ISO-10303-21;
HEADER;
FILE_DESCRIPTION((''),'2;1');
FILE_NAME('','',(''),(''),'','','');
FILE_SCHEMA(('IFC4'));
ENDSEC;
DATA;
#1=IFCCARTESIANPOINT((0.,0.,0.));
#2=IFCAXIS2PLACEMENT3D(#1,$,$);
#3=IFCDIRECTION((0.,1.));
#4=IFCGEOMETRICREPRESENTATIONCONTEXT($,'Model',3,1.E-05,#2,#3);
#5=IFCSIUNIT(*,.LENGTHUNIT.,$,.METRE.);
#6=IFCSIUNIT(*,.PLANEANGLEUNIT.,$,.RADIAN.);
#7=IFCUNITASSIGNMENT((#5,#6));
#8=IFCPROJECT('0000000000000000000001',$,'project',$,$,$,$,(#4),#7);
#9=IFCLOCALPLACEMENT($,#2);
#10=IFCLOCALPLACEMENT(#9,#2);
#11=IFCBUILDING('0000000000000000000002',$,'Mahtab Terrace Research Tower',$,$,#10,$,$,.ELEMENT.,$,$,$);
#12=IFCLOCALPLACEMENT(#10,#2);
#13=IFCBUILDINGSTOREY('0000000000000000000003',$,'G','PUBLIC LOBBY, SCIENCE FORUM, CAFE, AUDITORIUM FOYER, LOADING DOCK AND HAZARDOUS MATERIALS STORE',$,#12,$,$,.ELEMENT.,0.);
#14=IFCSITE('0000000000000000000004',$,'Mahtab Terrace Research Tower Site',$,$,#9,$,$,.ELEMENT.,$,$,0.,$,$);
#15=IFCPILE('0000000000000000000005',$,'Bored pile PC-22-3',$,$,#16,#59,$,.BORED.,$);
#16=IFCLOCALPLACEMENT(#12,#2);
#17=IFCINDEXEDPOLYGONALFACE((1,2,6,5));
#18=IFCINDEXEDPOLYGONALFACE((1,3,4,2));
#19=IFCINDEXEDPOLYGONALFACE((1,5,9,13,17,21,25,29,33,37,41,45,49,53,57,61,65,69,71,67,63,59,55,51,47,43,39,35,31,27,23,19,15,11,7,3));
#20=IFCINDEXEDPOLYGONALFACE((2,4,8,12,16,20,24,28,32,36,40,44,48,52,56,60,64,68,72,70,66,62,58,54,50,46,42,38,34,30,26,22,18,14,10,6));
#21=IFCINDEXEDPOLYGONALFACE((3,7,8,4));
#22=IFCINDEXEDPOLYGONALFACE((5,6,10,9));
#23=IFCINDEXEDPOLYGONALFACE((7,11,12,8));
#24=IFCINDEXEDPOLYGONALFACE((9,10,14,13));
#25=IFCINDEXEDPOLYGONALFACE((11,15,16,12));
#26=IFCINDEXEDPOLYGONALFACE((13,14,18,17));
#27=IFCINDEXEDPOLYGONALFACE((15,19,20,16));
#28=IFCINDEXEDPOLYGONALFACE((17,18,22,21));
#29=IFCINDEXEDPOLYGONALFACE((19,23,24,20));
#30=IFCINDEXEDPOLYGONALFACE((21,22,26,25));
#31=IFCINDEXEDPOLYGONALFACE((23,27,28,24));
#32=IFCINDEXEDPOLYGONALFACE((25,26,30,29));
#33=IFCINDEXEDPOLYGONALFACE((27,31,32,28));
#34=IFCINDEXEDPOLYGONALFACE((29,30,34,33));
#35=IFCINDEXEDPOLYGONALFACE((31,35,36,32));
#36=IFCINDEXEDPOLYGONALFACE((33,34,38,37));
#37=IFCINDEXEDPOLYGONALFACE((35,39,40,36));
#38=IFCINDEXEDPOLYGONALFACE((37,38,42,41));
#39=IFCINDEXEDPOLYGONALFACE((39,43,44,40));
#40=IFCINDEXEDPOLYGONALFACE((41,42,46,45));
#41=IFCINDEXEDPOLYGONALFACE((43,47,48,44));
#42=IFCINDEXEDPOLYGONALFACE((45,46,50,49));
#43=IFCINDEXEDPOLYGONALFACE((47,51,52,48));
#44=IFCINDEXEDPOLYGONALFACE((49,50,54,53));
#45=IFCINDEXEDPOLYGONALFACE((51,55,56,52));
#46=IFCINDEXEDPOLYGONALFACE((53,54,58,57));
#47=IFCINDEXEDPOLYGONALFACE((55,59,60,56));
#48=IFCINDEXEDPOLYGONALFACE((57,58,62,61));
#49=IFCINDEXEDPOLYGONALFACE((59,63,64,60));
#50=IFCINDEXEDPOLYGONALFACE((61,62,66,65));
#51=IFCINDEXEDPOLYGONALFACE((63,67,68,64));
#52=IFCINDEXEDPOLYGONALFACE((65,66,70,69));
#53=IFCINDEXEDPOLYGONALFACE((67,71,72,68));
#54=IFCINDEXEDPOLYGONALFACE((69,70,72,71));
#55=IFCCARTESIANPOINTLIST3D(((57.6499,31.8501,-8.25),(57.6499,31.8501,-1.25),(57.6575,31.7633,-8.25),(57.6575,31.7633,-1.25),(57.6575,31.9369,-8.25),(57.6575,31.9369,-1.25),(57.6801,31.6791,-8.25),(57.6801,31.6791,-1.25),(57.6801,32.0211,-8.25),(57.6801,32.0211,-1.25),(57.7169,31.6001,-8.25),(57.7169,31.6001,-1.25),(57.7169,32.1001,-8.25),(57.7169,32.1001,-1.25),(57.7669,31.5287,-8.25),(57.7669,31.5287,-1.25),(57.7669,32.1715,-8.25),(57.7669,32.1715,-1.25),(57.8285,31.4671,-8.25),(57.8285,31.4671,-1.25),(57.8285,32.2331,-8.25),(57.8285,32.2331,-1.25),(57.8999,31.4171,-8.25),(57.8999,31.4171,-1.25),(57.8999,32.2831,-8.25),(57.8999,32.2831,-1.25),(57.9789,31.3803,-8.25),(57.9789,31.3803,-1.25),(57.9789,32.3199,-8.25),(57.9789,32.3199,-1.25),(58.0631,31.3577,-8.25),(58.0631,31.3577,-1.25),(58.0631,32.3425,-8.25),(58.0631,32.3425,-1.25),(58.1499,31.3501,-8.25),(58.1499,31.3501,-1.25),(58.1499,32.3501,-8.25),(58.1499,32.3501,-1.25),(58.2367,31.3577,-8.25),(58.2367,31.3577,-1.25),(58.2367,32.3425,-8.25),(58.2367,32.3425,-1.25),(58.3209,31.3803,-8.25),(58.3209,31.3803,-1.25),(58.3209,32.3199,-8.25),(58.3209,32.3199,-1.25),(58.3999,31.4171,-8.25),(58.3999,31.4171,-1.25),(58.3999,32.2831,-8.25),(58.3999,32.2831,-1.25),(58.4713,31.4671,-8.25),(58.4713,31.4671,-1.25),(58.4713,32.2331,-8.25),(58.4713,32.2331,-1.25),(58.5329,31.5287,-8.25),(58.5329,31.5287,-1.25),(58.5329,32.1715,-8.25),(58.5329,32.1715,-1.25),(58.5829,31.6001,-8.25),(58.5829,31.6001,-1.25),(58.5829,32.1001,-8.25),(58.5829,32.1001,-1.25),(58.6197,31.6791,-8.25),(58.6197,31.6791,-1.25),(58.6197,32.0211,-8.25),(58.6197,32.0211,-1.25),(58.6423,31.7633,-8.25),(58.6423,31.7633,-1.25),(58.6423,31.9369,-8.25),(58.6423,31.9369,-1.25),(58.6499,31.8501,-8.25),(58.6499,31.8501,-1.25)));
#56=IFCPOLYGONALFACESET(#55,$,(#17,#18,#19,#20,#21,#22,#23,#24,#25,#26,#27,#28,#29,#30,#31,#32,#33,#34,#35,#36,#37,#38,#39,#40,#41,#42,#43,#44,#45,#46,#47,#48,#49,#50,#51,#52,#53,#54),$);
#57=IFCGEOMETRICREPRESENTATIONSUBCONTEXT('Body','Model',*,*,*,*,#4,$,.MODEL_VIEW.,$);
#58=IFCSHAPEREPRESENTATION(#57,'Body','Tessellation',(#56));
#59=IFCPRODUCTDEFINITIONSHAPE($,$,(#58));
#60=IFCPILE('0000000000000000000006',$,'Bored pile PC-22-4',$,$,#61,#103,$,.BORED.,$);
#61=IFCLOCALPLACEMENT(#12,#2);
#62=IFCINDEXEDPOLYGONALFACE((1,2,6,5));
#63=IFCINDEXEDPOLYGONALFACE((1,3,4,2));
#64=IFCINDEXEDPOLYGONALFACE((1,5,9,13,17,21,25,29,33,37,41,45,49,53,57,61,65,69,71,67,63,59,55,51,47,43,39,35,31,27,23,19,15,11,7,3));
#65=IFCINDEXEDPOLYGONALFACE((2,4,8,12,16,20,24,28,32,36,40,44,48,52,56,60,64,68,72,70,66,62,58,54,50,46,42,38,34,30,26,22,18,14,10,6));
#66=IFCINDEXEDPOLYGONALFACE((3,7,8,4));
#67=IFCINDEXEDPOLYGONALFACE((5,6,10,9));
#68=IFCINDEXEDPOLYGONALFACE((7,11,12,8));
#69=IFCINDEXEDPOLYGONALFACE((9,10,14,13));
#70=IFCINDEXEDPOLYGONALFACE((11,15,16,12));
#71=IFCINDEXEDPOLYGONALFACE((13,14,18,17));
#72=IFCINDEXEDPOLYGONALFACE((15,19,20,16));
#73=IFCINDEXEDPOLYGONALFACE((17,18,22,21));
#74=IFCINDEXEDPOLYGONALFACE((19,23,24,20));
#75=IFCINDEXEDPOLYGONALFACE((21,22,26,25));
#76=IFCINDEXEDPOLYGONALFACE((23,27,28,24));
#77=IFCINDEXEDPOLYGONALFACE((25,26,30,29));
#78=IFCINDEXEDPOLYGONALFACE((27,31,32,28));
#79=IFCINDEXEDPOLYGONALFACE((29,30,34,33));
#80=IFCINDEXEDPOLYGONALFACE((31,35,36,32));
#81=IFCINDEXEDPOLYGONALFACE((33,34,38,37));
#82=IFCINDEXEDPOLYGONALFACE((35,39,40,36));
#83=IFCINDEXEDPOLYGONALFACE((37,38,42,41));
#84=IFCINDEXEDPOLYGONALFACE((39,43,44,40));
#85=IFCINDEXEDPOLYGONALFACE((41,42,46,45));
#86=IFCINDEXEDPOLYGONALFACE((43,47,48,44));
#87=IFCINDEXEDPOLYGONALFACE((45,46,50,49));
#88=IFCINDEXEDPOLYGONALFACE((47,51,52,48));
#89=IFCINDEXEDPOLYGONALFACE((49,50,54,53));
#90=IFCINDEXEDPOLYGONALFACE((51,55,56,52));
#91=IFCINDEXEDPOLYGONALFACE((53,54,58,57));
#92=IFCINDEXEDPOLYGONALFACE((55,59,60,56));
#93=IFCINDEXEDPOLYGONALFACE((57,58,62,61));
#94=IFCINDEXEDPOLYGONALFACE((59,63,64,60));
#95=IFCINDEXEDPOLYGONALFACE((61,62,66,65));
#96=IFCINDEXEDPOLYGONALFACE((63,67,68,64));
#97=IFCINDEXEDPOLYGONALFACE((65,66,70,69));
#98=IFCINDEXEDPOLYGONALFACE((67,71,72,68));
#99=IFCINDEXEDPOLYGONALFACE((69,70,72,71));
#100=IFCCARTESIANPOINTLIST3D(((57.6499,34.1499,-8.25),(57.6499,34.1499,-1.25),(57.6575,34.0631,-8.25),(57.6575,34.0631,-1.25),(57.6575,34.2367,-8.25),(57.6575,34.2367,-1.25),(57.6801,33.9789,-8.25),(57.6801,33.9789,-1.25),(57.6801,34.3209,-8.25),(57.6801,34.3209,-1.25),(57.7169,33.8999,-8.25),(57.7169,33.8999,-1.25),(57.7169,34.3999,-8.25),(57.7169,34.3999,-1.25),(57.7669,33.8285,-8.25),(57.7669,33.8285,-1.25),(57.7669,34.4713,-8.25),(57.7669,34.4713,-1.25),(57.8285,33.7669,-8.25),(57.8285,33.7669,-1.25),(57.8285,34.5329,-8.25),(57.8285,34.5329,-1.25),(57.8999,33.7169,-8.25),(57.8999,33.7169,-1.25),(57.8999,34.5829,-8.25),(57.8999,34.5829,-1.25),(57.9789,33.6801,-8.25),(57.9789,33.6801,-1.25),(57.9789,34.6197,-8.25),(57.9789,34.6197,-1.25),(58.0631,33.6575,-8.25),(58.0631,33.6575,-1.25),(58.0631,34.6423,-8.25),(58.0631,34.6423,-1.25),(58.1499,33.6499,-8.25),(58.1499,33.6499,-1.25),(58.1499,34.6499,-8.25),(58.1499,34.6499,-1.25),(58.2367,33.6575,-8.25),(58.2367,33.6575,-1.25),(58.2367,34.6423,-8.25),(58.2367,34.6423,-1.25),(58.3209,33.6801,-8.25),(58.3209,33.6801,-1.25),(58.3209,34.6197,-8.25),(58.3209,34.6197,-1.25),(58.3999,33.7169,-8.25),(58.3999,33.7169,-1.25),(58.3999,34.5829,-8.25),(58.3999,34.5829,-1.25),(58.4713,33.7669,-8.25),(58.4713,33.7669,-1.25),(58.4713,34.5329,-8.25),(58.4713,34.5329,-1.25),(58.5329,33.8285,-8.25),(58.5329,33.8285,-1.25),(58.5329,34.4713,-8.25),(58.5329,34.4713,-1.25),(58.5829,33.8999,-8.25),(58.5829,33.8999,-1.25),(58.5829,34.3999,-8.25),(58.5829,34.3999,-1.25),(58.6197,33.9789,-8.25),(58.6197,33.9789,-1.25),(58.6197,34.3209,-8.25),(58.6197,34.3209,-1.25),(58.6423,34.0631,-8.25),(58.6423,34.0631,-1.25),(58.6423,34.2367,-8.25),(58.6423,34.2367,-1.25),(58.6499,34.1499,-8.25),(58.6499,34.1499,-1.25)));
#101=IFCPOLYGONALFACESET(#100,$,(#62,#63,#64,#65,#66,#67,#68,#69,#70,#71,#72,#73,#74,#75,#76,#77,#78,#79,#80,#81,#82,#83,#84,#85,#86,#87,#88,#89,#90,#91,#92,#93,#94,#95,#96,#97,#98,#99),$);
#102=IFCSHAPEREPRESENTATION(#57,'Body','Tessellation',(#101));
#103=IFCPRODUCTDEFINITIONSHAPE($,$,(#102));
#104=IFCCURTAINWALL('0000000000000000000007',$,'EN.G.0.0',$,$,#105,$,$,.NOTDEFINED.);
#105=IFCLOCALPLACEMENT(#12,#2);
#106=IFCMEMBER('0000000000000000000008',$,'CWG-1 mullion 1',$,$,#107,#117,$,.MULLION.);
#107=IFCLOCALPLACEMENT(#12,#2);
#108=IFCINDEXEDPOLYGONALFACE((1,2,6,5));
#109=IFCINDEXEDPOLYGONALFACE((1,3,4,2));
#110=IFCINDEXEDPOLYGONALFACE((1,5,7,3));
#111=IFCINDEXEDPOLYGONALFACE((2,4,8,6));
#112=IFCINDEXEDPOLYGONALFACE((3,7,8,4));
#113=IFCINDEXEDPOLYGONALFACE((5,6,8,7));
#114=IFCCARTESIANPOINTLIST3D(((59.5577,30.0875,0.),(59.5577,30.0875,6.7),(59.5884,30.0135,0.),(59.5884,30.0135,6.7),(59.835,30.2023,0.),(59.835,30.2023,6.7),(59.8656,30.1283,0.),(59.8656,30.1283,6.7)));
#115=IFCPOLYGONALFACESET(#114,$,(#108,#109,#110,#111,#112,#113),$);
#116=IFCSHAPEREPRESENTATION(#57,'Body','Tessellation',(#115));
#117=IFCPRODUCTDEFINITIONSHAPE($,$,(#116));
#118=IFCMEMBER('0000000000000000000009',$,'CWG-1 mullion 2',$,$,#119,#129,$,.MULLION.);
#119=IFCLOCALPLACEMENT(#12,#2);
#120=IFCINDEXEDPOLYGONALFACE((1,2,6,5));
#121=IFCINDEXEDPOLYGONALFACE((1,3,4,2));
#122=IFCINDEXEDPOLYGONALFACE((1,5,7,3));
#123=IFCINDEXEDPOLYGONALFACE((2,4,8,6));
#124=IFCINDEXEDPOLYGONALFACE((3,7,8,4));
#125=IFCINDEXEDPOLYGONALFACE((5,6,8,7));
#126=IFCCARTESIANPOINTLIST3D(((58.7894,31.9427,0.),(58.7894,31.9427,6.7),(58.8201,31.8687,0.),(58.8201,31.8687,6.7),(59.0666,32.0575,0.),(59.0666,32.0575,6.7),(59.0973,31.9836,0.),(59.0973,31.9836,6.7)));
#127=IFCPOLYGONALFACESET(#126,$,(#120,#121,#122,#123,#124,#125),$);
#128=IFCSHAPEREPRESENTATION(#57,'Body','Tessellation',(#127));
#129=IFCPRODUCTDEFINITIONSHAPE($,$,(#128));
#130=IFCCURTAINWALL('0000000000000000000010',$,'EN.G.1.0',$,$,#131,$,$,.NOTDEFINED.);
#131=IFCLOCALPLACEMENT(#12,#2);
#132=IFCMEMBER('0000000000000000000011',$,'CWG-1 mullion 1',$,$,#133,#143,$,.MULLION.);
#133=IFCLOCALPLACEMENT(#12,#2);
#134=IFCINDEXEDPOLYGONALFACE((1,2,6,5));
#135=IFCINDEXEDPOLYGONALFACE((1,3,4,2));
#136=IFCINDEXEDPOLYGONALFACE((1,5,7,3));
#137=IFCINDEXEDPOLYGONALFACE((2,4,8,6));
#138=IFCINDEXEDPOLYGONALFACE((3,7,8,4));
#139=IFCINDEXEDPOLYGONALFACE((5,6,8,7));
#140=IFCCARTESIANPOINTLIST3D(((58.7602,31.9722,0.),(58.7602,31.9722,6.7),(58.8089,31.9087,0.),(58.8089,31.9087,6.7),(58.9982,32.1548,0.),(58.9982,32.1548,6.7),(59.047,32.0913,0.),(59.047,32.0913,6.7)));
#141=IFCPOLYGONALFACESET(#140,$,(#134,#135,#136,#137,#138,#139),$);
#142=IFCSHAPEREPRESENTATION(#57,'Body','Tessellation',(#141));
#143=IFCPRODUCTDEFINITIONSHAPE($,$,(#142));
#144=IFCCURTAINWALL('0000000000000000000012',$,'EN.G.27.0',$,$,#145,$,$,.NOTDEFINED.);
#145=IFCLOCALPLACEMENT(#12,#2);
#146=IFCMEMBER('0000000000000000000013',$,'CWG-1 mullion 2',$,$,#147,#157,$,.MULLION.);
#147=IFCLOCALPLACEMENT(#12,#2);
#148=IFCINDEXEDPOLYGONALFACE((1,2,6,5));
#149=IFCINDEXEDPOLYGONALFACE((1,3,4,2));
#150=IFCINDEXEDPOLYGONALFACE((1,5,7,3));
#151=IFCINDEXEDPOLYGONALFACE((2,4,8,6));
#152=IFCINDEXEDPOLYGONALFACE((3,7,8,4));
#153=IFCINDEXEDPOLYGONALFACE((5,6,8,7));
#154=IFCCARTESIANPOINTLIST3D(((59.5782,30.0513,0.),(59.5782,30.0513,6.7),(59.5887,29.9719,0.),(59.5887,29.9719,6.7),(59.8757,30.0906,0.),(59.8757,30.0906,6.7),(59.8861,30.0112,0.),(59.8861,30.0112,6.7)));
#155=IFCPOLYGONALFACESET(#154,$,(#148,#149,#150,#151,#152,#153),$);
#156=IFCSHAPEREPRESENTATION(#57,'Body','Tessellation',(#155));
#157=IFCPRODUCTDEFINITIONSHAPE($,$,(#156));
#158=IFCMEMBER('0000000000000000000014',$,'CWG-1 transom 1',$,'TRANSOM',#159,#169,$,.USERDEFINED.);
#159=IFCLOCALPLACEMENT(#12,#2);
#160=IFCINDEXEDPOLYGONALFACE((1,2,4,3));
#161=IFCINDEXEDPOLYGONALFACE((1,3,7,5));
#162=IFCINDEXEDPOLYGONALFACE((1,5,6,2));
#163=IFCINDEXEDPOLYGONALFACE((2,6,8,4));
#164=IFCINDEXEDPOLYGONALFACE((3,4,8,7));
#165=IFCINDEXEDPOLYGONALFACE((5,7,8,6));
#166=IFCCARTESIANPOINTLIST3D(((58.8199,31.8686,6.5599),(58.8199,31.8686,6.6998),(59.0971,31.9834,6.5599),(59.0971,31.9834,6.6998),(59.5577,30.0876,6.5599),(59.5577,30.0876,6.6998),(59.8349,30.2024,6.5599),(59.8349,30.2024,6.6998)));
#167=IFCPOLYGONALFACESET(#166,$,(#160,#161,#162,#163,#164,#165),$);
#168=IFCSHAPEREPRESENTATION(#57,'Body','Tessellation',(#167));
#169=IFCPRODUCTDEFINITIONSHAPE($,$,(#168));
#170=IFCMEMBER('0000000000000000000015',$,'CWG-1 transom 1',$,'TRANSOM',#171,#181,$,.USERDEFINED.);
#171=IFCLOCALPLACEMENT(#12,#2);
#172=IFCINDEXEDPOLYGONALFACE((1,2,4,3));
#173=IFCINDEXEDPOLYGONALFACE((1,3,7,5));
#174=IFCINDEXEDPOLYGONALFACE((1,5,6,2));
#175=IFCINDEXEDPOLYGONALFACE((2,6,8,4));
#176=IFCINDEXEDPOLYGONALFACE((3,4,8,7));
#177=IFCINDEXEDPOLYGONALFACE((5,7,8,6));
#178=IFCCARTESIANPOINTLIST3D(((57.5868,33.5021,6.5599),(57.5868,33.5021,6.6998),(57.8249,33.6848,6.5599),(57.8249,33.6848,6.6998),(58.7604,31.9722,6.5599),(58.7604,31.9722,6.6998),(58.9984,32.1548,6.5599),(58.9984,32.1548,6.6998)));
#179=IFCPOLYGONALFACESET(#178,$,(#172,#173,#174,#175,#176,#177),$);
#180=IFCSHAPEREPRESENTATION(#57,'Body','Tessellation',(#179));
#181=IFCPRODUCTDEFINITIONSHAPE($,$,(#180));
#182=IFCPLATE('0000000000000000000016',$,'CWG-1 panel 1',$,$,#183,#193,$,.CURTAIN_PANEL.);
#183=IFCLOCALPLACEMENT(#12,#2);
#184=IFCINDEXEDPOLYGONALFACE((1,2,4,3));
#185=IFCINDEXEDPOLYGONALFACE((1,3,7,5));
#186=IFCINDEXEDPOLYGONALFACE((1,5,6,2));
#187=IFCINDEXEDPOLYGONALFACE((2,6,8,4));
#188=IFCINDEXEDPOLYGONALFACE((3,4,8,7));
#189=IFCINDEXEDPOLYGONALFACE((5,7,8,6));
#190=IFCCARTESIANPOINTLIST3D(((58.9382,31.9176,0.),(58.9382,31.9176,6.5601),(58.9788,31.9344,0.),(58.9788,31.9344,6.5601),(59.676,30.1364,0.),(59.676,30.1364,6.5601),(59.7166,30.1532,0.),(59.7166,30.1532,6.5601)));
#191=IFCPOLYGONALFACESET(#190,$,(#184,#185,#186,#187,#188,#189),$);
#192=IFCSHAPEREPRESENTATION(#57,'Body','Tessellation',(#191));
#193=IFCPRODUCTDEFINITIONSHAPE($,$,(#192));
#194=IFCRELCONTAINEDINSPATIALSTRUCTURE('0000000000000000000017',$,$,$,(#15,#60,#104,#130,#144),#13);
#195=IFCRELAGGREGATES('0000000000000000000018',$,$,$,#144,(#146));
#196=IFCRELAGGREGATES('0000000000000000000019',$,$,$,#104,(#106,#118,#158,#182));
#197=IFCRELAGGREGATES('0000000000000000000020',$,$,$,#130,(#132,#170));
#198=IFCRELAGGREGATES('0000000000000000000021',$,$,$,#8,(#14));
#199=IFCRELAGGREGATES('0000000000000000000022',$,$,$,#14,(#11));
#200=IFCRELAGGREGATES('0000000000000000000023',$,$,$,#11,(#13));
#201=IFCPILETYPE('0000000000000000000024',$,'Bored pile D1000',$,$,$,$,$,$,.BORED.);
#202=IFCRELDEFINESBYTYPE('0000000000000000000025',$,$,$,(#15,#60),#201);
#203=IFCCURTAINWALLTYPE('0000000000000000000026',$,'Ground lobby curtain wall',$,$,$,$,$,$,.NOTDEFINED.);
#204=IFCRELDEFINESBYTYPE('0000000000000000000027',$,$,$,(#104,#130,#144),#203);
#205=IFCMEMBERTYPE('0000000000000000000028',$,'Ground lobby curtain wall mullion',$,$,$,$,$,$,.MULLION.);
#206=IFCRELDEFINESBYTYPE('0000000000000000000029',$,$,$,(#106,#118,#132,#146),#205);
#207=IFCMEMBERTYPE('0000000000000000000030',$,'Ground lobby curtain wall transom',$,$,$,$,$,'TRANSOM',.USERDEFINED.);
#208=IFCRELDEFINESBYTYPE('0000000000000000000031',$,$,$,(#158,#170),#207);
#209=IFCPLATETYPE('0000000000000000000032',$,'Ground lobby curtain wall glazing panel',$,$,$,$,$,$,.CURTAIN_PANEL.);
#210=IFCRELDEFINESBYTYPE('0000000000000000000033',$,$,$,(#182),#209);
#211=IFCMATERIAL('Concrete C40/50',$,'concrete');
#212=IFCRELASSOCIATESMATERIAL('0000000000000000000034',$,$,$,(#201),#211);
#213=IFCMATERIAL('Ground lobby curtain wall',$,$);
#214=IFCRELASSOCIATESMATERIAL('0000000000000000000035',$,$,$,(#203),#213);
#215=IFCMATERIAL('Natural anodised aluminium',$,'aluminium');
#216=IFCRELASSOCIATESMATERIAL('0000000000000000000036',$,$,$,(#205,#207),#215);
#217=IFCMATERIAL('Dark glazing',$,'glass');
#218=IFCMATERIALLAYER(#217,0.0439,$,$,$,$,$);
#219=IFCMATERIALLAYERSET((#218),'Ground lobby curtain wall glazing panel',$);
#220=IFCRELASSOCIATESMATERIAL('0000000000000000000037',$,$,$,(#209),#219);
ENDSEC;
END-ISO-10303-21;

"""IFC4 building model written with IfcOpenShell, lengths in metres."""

from ifc_helpers import new_model, si_unit, direction, frame, origin, origin_2d, place, context, subcontext, project, spatial, rectangle, circle, extrude, material, layer, layer_set, material_profile, profile_set, type_object, element, aggregate, save


model = new_model("IFC4")

# Units and contexts
model_context = context("Model", 3, precision=1e-05, world=origin(), true_north=direction((0.0, 1.0)))
body_context = subcontext(model_context, "Body", "Model", "MODEL_VIEW")
ifc_project = project(units=[si_unit("LENGTHUNIT", "METRE"), si_unit("PLANEANGLEUNIT", "RADIAN")], contexts=[model_context])

# Site, building, storey
site_placement = place(None, origin())
site = spatial("IfcSite", under=ifc_project, at=site_placement, Name="Mahtab Terrace Research Tower Site", CompositionType="ELEMENT", RefElevation=0.0)
building_placement = place(site_placement, origin())
building = spatial("IfcBuilding", under=site, at=building_placement, Name="Mahtab Terrace Research Tower", CompositionType="ELEMENT")
storey_placement = place(building_placement, origin())
storey = spatial("IfcBuildingStorey", under=building, at=storey_placement, Name="G", Description="PUBLIC LOBBY, SCIENCE FORUM, CAFE, AUDITORIUM FOYER, LOADING DOCK AND HAZARDOUS MATERIALS STORE", CompositionType="ELEMENT", Elevation=0.0)

# Piles
ifc_material_1 = material(Name="Concrete C40/50", Category="concrete")
ifc_material_profile_1 = material_profile(ifc_material_1, circle(Radius=0.5, at=origin_2d()), Name="Bored pile D1000")
ifc_profile_set_1 = profile_set([ifc_material_profile_1], Name="Concrete C40/50")
pile_type = type_object("IfcPileType", Name="Bored pile D1000", PredefinedType="BORED", material=ifc_profile_set_1)
for number, where, z_axis, x_axis, name in (
    (1, (58.1499, 31.8501, -1.25), (0.0, 0.0, -1.0), (1.0, 0.0, 0.0), "Bored pile PC-22-3"),
    (2, (58.1499, 34.1499, -1.25), (0.0, 0.0, -1.0), (1.0, 0.0, 0.0), "Bored pile PC-22-4"),
):
    element("IfcPile", number, at=place(storey_placement, frame(where, z_axis=z_axis, x_axis=x_axis)), inside=storey, type_object=pile_type, Name=name, PredefinedType="BORED", context=body_context, shape_type="SweptSolid", body=[
        extrude(circle(Radius=0.5, at=origin_2d()), origin(), (0.0, 0.0, 1.0), 7.0),
    ])

# Curtain wall, members
ifc_material_2 = material(Name="Ground lobby curtain wall")
curtain_wall_type = type_object("IfcCurtainWallType", Name="Ground lobby curtain wall", PredefinedType="NOTDEFINED", material=ifc_material_2)
curtain_wall_1_placement = place(storey_placement, origin())
curtain_wall_1 = element("IfcCurtainWall", 3, at=curtain_wall_1_placement, inside=storey, type_object=curtain_wall_type, Name="EN.G.0.0", PredefinedType="NOTDEFINED")
ifc_material_3 = material(Name="Natural anodised aluminium", Category="aluminium")
ifc_material_profile_2 = material_profile(ifc_material_3, rectangle(XDim=0.3, YDim=0.0801, at=origin_2d()), Name="MULLION 80x300")
ifc_profile_set_2 = profile_set([ifc_material_profile_2], Name="Natural anodised aluminium")
member_type_1 = type_object("IfcMemberType", Name="Ground lobby curtain wall mullion", PredefinedType="MULLION", material=ifc_profile_set_2)
member_1_placement = place(storey_placement, frame((59.7117, 30.1079, 0.0), z_axis=(0.0, 0.0, 1.0), x_axis=(-0.923883, -0.382676, 0.0)))
member_1 = element("IfcMember", 4, at=member_1_placement, type_object=member_type_1, Name="CWG-1 mullion 1", PredefinedType="MULLION", context=body_context, shape_type="SweptSolid", body=[
    extrude(rectangle(XDim=0.3, YDim=0.0801, at=origin_2d()), origin(), (0.0, 0.0, 1.0), 6.7),
])
member_2_placement = place(storey_placement, frame((58.9434, 31.9631, 0.0), z_axis=(0.0, 0.0, 1.0), x_axis=(-0.923883, -0.382676, 0.0)))
member_2 = element("IfcMember", 5, at=member_2_placement, type_object=member_type_1, Name="CWG-1 mullion 2", PredefinedType="MULLION", context=body_context, shape_type="SweptSolid", body=[
    extrude(rectangle(XDim=0.3, YDim=0.0801, at=origin_2d()), origin(), (0.0, 0.0, 1.0), 6.7),
])

# Curtain walls, members
curtain_wall_2_placement = place(storey_placement, origin())
curtain_wall_2 = element("IfcCurtainWall", 6, at=curtain_wall_2_placement, inside=storey, type_object=curtain_wall_type, Name="EN.G.1.0", PredefinedType="NOTDEFINED")
member_3_placement = place(storey_placement, frame((58.9036, 32.0317, 0.0), z_axis=(0.0, 0.0, 1.0), x_axis=(-0.79346, -0.608623, 0.0)))
member_3 = element("IfcMember", 7, at=member_3_placement, type_object=member_type_1, Name="CWG-1 mullion 1", PredefinedType="MULLION", context=body_context, shape_type="SweptSolid", body=[
    extrude(rectangle(XDim=0.3, YDim=0.0801, at=origin_2d()), origin(), (0.0, 0.0, 1.0), 6.7),
])
curtain_wall_3_placement = place(storey_placement, origin())
curtain_wall_3 = element("IfcCurtainWall", 8, at=curtain_wall_3_placement, inside=storey, type_object=curtain_wall_type, Name="EN.G.27.0", PredefinedType="NOTDEFINED")
member_4_placement = place(storey_placement, frame((59.7322, 30.0312, 0.0), z_axis=(0.0, 0.0, 1.0), x_axis=(-0.991423, -0.13069, 0.0)))
member_4 = element("IfcMember", 9, at=member_4_placement, type_object=member_type_1, Name="CWG-1 mullion 2", PredefinedType="MULLION", context=body_context, shape_type="SweptSolid", body=[
    extrude(rectangle(XDim=0.3, YDim=0.0801, at=origin_2d()), origin(), (0.0, 0.0, 1.0), 6.7),
])
aggregate(curtain_wall_3, [member_4])

# Members
ifc_material_profile_3 = material_profile(ifc_material_3, rectangle(XDim=0.3, YDim=0.1399, at=origin_2d()), Name="TRANSOM 140x300")
ifc_profile_set_3 = profile_set([ifc_material_profile_3], Name="Natural anodised aluminium")
member_type_2 = type_object("IfcMemberType", Name="Ground lobby curtain wall transom", ElementType="TRANSOM", PredefinedType="USERDEFINED", material=ifc_profile_set_3)
member_5_placement = place(storey_placement, frame((59.6963, 30.145, 6.6299), z_axis=(-0.382717, 0.923866, 0.0), x_axis=(-0.923866, -0.382717, 0.0)))
member_5 = element("IfcMember", 10, at=member_5_placement, type_object=member_type_2, Name="CWG-1 transom 1", ObjectType="TRANSOM", PredefinedType="USERDEFINED", context=body_context, shape_type="SweptSolid", body=[
    extrude(rectangle(XDim=0.3, YDim=0.1399, at=origin_2d()), origin(), (0.0, 0.0, 1.0), 1.9277),
])
member_6_placement = place(storey_placement, frame((58.8794, 32.0635, 6.6299), z_axis=(-0.608615, 0.793466, 0.0), x_axis=(-0.793466, -0.608615, 0.0)))
member_6 = element("IfcMember", 11, at=member_6_placement, type_object=member_type_2, Name="CWG-1 transom 1", ObjectType="TRANSOM", PredefinedType="USERDEFINED", context=body_context, shape_type="SweptSolid", body=[
    extrude(rectangle(XDim=0.3, YDim=0.1399, at=origin_2d()), origin(), (0.0, 0.0, 1.0), 1.9282),
])

# Plate
ifc_material_4 = material(Name="Dark glazing", Category="glass")
ifc_layer_1 = layer(ifc_material_4, 0.0439)
ifc_layer_set_1 = layer_set([ifc_layer_1], Name="Ground lobby curtain wall glazing panel")
plate_type = type_object("IfcPlateType", Name="Ground lobby curtain wall glazing panel", PredefinedType="CURTAIN_PANEL", material=ifc_layer_set_1)
plate_1_placement = place(storey_placement, frame((59.3274, 31.0354, 0.0), z_axis=(0.0, 0.0, 1.0), x_axis=(-0.382676, 0.923883, 0.0)))
plate_1 = element("IfcPlate", 12, at=plate_1_placement, type_object=plate_type, Name="CWG-1 panel 1", PredefinedType="CURTAIN_PANEL", context=body_context, shape_type="SweptSolid", body=[
    extrude(rectangle(XDim=1.928, YDim=0.0439, at=origin_2d()), origin(), (0.0, 0.0, 1.0), 6.5601),
])
aggregate(curtain_wall_1, [member_1, member_2, member_5, plate_1])
aggregate(curtain_wall_2, [member_3, member_6])

save(model, "model.ifc")
